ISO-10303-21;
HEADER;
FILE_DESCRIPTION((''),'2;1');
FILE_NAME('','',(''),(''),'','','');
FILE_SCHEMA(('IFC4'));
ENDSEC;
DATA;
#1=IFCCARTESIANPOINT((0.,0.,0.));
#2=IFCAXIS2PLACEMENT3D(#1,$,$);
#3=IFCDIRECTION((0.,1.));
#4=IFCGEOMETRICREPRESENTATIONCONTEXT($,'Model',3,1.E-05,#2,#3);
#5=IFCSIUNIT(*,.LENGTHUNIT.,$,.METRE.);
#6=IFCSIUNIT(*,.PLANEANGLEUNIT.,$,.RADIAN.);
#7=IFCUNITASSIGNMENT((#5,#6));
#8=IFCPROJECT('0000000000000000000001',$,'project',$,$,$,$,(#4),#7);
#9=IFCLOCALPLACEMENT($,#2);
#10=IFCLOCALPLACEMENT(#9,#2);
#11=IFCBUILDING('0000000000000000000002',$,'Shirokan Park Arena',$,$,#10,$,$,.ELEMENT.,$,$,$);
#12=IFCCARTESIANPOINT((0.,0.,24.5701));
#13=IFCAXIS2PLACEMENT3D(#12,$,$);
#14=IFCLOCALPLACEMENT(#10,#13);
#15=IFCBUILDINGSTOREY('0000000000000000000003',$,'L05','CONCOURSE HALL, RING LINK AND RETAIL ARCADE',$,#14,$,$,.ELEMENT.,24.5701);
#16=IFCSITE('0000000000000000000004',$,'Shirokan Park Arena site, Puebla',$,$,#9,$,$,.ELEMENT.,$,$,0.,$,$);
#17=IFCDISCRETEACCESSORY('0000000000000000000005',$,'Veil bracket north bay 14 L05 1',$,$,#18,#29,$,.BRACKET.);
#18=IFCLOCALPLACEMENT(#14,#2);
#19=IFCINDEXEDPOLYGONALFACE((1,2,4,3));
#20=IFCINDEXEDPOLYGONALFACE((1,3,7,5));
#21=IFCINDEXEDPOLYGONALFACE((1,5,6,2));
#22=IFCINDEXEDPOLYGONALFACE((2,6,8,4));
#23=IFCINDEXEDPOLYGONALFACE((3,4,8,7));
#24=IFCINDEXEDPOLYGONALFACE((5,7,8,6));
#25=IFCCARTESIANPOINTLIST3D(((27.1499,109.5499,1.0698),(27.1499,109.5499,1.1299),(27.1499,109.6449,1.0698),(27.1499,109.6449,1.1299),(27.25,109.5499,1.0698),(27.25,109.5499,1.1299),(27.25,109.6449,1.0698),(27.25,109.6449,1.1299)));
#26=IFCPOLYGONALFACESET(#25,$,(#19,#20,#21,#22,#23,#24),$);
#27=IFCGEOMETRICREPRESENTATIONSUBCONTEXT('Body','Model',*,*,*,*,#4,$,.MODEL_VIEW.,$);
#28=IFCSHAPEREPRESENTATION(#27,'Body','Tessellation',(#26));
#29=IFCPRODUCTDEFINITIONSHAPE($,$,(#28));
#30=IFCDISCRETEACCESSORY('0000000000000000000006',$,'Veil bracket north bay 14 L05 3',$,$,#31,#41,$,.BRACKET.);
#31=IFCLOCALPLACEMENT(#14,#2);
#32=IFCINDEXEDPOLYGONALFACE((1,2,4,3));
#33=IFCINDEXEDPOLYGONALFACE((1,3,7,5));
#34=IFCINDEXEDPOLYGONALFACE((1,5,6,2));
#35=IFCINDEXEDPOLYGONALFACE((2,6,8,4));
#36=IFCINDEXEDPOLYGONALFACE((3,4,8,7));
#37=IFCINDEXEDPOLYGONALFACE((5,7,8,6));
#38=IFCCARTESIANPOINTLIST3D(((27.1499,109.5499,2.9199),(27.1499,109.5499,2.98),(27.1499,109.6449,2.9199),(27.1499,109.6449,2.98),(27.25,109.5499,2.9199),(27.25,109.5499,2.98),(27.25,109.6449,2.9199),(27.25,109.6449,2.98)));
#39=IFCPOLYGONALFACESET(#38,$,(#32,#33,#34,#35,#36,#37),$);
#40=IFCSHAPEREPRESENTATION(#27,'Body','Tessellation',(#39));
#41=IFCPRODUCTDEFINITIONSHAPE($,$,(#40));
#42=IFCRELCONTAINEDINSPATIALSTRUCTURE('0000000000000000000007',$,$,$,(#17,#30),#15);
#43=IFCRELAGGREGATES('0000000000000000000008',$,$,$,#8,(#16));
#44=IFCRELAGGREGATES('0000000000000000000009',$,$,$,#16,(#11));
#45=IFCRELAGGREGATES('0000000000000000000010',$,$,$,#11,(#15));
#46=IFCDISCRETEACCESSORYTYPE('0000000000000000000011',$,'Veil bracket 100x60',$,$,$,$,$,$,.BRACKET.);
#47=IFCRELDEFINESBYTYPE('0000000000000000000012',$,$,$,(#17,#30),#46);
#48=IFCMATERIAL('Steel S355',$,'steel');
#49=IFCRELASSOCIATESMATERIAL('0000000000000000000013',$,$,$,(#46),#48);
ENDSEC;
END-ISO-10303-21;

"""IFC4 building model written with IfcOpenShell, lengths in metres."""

from ifc_helpers import new_model, si_unit, direction, frame, origin, origin_2d, place, context, subcontext, project, spatial, rectangle, extrude, material, type_object, element, save


model = new_model("IFC4")

# Units and contexts
model_context = context("Model", 3, precision=1e-05, world=origin(), true_north=direction((0.0, 1.0)))
body_context = subcontext(model_context, "Body", "Model", "MODEL_VIEW")
ifc_project = project(units=[si_unit("LENGTHUNIT", "METRE"), si_unit("PLANEANGLEUNIT", "RADIAN")], contexts=[model_context])

# Site, building, storey
site_placement = place(None, origin())
site = spatial("IfcSite", under=ifc_project, at=site_placement, Name="Shirokan Park Arena site, Puebla", CompositionType="ELEMENT", RefElevation=0.0)
building_placement = place(site_placement, origin())
building = spatial("IfcBuilding", under=site, at=building_placement, Name="Shirokan Park Arena", CompositionType="ELEMENT")
storey_placement = place(building_placement, frame((0.0, 0.0, 24.5701)))
storey = spatial("IfcBuildingStorey", under=building, at=storey_placement, Name="L05", Description="CONCOURSE HALL, RING LINK AND RETAIL ARCADE", CompositionType="ELEMENT", Elevation=24.5701)

# Shared definitions
ifc_material_1 = material(Name="Steel S355", Category="steel")

# Discrete accessories
discrete_accessory_type = type_object("IfcDiscreteAccessoryType", Name="Veil bracket 100x60", PredefinedType="BRACKET", material=ifc_material_1)
for number, where, z_axis, x_axis, name in (
    (1, (27.2, 109.5974, 1.0698), (0.0, 0.0, 1.0), (-1.0, 0.0, 0.0), "Veil bracket north bay 14 L05 1"),
    (2, (27.2, 109.5974, 2.9199), (0.0, 0.0, 1.0), (-1.0, 0.0, 0.0), "Veil bracket north bay 14 L05 3"),
):
    element("IfcDiscreteAccessory", number, at=place(storey_placement, frame(where, z_axis=z_axis, x_axis=x_axis)), inside=storey, type_object=discrete_accessory_type, Name=name, PredefinedType="BRACKET", context=body_context, shape_type="SweptSolid", body=[
        extrude(rectangle(XDim=0.1001, YDim=0.095, at=origin_2d()), origin(), (0.0, 0.0, 1.0), 0.0601),
    ])

save(model, "model.ifc")
